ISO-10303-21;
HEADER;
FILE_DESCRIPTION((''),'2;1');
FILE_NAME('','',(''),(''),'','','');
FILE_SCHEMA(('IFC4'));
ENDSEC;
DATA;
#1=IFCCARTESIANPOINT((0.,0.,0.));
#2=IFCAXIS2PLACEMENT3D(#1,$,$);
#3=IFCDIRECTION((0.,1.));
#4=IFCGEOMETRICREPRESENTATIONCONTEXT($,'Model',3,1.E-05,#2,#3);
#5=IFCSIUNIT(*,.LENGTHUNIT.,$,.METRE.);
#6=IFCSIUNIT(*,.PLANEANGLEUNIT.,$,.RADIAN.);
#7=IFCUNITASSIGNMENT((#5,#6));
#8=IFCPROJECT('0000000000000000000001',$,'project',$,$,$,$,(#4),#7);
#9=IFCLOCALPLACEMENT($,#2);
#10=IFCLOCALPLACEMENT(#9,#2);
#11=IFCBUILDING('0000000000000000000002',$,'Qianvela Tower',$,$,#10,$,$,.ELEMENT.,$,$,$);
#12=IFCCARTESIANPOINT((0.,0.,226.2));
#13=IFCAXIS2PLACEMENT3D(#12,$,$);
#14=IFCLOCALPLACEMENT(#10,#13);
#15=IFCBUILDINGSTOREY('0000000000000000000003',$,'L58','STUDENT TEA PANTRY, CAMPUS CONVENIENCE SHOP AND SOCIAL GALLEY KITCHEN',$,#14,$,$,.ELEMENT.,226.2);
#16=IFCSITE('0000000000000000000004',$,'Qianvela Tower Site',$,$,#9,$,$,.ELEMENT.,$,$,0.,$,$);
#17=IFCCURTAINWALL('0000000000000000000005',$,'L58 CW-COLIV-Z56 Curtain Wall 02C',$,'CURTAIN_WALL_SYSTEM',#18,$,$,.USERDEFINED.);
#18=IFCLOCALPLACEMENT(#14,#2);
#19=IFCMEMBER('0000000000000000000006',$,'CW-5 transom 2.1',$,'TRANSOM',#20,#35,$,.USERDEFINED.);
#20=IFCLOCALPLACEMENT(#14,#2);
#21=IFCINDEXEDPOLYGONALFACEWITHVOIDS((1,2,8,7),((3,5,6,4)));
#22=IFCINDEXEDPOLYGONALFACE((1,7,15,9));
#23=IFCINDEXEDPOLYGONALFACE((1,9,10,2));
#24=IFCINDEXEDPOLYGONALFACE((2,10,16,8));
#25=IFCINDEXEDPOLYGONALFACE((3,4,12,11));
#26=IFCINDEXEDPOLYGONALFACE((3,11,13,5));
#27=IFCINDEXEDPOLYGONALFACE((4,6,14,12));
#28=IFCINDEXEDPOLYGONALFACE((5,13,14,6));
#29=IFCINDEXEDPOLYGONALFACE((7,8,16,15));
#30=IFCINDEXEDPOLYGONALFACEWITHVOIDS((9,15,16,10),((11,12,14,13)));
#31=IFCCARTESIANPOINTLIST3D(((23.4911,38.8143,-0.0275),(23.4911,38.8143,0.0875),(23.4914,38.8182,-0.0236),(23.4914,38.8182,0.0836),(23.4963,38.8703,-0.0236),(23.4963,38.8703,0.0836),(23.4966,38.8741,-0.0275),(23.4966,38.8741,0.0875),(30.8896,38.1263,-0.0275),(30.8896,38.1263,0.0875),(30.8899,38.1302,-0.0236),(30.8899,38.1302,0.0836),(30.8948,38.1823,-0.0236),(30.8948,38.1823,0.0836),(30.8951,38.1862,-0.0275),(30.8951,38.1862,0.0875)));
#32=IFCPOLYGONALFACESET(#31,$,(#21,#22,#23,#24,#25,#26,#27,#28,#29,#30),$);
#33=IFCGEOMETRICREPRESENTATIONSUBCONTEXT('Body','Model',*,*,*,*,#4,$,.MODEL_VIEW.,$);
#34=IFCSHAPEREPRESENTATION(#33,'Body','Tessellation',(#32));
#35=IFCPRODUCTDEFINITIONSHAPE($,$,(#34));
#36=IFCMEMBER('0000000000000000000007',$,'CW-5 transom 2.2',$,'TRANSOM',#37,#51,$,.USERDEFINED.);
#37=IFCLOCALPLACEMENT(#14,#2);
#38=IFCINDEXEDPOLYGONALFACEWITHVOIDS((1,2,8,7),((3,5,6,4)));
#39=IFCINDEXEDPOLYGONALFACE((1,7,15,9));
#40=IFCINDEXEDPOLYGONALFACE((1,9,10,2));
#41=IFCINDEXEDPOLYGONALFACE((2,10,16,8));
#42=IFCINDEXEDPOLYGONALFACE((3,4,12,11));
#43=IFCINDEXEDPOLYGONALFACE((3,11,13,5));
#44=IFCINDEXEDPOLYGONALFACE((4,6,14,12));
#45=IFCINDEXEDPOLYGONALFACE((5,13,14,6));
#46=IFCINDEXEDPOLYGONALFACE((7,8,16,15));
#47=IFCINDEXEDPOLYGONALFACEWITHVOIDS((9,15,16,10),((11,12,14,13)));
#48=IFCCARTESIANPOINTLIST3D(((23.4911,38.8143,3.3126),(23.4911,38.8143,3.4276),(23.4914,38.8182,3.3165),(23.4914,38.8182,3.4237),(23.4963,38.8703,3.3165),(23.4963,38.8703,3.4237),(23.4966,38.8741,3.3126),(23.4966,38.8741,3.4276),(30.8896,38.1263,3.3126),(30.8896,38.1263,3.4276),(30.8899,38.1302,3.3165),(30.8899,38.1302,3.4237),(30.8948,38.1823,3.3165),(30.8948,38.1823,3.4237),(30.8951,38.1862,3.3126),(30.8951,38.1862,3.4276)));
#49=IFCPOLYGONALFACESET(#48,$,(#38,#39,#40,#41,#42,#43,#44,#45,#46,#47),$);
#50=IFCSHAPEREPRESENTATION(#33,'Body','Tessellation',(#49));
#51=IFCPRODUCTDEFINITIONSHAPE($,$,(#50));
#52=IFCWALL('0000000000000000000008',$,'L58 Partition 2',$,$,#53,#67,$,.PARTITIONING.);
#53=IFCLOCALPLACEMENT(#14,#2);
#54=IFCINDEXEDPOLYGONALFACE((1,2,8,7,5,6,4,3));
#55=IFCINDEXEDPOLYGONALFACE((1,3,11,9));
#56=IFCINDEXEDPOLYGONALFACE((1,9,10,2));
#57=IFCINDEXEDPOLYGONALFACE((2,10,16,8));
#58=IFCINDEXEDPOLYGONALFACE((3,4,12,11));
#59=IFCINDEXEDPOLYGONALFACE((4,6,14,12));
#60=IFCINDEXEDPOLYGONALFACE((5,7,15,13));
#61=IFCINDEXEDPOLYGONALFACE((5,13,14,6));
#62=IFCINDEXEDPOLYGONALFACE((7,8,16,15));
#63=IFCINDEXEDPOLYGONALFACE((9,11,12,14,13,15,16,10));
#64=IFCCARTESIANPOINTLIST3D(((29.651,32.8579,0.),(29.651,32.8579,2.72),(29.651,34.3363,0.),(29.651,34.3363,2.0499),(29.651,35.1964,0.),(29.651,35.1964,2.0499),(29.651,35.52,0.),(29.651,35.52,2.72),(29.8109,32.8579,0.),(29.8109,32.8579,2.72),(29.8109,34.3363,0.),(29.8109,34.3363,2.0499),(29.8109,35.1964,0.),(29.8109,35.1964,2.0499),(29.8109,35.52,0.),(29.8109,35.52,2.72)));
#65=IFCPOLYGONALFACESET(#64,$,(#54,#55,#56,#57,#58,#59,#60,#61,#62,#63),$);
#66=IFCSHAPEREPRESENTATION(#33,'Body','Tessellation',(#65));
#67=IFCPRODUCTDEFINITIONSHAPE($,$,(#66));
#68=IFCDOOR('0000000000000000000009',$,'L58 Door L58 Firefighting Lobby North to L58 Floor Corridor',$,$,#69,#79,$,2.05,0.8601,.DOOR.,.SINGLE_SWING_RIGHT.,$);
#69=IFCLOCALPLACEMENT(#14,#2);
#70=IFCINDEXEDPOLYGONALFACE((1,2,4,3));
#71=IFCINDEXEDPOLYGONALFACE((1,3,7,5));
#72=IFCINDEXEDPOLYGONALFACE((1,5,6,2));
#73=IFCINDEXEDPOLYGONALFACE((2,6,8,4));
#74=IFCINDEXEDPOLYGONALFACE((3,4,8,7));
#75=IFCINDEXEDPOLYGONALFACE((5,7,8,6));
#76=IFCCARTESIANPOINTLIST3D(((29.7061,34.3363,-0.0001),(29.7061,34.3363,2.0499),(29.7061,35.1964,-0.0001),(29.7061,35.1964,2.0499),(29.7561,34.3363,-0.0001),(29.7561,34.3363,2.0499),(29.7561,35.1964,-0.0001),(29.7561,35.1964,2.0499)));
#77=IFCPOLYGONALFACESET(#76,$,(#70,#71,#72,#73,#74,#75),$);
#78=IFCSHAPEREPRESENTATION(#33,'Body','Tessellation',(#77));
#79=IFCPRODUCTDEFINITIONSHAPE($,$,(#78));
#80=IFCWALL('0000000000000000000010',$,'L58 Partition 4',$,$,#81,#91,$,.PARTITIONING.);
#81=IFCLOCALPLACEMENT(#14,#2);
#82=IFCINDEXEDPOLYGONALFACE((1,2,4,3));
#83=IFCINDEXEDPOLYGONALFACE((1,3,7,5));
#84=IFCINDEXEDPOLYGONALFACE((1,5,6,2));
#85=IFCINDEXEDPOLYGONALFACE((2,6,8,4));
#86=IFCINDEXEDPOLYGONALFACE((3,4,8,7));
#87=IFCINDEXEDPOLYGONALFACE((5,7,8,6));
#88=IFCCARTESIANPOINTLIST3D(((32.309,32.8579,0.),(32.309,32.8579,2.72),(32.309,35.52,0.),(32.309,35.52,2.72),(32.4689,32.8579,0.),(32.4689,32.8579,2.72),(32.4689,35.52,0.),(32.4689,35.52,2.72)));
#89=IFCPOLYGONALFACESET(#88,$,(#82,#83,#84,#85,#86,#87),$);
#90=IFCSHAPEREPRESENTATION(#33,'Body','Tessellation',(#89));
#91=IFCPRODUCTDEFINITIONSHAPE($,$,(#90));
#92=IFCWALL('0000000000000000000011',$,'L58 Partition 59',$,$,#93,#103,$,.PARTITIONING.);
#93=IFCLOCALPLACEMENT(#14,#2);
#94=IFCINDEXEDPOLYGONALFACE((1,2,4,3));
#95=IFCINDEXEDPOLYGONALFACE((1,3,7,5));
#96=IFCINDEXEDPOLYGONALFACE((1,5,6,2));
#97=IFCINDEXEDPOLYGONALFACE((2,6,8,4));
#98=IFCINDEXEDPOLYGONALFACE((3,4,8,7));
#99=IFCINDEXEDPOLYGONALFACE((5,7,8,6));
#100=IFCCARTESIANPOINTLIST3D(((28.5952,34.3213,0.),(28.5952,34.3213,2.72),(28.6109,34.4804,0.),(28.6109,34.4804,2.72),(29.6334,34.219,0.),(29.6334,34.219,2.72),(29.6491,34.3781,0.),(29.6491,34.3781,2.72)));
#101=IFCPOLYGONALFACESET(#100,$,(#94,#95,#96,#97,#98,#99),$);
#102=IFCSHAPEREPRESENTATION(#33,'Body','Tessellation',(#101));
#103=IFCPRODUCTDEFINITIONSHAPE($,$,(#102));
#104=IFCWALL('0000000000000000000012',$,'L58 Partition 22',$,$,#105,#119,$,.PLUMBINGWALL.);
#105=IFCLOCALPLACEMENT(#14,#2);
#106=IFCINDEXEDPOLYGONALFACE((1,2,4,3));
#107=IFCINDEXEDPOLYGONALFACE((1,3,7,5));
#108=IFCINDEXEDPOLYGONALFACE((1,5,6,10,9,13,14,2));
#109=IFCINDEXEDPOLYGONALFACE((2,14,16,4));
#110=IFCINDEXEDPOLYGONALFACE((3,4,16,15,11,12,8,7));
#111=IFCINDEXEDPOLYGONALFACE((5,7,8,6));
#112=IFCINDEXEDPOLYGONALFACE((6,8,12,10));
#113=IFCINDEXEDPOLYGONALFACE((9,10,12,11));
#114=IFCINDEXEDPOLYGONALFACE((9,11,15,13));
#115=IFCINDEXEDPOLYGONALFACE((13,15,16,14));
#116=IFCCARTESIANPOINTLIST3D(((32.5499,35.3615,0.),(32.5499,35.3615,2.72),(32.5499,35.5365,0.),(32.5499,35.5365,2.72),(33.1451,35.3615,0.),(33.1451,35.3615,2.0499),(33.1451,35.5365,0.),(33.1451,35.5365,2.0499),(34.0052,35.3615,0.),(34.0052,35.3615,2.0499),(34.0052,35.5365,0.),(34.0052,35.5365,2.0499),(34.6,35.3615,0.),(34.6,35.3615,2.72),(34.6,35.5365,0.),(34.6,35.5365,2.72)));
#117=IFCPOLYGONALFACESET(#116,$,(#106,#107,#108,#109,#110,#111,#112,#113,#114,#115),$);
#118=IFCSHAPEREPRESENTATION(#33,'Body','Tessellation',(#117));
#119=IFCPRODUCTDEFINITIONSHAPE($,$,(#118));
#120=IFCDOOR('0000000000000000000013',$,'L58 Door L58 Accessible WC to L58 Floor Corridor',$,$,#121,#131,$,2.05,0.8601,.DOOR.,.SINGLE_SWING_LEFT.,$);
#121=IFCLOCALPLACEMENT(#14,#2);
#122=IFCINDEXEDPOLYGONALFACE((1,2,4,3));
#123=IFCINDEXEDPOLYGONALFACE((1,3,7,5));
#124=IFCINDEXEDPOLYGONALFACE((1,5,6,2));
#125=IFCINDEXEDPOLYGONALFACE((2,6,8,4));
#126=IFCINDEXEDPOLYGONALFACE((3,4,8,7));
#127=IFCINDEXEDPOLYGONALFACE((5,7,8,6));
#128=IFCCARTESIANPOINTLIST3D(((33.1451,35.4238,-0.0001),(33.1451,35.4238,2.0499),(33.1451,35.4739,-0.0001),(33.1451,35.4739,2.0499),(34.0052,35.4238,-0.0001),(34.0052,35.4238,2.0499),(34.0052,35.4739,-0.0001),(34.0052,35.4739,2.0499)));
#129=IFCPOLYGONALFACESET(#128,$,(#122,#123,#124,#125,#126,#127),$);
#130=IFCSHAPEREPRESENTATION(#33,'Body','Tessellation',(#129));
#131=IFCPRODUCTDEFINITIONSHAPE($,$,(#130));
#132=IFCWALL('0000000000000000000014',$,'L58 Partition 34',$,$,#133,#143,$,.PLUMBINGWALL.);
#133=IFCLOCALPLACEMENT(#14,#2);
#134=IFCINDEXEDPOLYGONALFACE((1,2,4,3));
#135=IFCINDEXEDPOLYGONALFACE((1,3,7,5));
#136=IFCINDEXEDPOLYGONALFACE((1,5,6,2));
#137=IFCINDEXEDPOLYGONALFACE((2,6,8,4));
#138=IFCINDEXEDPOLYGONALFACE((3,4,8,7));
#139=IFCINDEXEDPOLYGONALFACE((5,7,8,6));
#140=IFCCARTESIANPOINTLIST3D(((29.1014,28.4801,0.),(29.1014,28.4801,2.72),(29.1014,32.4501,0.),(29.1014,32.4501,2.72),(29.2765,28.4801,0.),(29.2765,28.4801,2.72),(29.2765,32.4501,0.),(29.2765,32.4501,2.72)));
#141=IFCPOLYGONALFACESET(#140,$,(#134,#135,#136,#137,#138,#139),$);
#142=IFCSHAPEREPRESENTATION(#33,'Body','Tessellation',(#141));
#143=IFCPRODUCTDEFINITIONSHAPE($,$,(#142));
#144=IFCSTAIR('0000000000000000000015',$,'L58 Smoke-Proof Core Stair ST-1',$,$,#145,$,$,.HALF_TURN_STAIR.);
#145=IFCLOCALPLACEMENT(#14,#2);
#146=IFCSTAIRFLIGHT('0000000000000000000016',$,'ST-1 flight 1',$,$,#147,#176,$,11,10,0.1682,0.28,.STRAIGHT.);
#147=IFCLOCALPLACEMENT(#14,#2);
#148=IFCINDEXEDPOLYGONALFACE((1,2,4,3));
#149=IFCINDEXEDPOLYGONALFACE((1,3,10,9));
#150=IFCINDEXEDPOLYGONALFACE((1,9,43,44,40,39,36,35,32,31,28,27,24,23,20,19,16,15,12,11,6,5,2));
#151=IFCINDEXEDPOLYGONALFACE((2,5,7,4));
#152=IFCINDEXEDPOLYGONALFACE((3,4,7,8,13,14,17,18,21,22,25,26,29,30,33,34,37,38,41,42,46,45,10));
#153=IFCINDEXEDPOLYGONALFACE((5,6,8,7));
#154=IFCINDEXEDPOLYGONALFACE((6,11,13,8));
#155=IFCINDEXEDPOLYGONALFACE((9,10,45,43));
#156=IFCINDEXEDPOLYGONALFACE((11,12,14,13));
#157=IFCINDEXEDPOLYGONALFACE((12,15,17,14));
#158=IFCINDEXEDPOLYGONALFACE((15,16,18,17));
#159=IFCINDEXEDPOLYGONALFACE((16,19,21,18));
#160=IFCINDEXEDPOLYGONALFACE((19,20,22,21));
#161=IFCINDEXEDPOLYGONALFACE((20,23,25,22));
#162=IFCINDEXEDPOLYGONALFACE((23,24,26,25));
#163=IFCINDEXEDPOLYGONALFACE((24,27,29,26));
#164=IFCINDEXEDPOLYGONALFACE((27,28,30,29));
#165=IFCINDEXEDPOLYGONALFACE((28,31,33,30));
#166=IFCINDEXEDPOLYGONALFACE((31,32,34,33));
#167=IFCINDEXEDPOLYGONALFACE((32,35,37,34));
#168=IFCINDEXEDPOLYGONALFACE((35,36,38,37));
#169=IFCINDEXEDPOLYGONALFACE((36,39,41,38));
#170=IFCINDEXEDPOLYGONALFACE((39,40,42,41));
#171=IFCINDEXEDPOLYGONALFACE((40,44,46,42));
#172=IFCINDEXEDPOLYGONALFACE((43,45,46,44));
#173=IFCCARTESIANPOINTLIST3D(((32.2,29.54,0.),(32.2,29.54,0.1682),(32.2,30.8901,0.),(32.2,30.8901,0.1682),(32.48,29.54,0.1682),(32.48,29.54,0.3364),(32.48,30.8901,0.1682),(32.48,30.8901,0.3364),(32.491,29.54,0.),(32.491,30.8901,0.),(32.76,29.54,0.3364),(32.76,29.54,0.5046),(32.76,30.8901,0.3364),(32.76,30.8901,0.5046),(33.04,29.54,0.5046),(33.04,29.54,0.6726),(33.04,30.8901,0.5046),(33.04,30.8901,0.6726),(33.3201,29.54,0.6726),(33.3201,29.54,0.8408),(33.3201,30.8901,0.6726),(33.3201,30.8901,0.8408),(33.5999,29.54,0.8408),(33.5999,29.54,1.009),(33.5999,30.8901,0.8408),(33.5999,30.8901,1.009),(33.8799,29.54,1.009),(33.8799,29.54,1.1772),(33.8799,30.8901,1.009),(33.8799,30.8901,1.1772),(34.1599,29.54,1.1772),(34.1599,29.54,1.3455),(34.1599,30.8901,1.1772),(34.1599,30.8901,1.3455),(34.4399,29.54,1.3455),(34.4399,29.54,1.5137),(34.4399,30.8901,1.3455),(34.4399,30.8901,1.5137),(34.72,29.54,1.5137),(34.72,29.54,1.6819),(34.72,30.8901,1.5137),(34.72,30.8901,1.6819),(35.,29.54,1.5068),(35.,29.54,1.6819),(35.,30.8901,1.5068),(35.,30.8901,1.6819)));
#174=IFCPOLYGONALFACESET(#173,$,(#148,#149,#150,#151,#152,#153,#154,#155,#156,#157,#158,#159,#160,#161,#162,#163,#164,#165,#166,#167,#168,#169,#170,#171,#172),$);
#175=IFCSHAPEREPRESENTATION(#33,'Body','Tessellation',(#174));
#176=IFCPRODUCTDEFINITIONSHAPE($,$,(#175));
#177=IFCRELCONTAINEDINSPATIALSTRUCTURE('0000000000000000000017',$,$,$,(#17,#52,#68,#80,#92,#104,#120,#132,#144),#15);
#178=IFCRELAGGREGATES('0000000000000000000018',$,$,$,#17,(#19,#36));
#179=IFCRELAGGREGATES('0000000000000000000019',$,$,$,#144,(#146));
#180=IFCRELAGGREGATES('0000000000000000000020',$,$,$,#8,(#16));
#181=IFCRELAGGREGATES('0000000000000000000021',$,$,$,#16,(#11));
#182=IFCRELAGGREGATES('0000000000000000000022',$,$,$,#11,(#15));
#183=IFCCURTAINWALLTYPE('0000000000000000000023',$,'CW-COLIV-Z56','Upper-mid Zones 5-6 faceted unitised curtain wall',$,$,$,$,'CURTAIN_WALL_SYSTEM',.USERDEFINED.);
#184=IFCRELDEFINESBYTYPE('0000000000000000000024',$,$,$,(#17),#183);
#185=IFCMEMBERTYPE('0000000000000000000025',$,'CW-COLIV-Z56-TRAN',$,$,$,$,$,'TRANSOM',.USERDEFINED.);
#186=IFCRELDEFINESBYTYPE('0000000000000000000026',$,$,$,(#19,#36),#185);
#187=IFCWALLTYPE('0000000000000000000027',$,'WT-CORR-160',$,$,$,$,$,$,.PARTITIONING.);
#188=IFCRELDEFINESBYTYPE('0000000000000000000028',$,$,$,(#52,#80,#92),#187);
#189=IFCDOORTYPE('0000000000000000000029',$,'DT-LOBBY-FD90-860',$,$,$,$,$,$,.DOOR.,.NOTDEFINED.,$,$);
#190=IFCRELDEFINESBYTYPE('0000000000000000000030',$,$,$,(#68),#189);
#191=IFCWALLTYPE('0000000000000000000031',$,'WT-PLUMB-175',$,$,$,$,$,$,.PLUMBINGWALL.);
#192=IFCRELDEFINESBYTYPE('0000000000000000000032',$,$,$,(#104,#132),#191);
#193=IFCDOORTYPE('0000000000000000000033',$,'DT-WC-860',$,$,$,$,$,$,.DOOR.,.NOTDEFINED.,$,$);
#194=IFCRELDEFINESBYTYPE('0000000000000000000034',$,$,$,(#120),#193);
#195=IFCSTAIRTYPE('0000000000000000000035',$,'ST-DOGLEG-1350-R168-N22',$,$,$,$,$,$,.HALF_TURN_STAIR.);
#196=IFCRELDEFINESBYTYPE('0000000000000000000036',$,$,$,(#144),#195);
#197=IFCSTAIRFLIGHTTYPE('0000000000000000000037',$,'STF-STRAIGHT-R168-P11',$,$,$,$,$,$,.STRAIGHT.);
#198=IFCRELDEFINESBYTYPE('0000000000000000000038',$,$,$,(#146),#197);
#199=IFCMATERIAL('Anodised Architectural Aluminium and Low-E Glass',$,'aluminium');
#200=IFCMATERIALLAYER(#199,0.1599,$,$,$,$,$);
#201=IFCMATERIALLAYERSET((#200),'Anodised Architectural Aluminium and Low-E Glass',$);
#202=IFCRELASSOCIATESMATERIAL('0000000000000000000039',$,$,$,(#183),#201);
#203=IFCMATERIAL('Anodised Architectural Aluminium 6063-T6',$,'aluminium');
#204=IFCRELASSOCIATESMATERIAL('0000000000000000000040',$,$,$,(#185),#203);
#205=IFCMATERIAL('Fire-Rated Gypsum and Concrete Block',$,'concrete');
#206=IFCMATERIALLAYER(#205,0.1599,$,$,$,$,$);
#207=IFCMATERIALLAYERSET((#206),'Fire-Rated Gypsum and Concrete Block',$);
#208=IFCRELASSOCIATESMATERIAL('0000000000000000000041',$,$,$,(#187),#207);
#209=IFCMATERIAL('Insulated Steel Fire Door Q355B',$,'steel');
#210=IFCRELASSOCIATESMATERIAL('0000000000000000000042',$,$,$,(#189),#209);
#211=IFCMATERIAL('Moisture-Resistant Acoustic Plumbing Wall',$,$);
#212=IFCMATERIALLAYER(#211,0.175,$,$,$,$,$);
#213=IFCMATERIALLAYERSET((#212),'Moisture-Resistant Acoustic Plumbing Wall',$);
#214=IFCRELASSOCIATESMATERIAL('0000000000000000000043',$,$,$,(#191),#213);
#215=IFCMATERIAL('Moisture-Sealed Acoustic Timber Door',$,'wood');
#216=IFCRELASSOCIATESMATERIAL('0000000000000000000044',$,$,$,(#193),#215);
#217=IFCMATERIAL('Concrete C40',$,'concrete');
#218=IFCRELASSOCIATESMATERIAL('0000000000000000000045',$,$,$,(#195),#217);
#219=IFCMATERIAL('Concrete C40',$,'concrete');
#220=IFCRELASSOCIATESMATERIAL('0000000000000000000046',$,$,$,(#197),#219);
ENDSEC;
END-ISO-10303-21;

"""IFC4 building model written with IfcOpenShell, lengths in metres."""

from ifc_helpers import new_model, si_unit, direction, frame, frame_2d, origin, origin_2d, place, context, subcontext, project, spatial, polyline, rectangle, hollow_rectangle, outline, extrude, material, layer, layer_set, material_profile, profile_set, type_object, element, fill, aggregate, save


model = new_model("IFC4")

# Units and contexts
model_context = context("Model", 3, precision=1e-05, world=origin(), true_north=direction((0.0, 1.0)))
body_context = subcontext(model_context, "Body", "Model", "MODEL_VIEW")
ifc_project = project(units=[si_unit("LENGTHUNIT", "METRE"), si_unit("PLANEANGLEUNIT", "RADIAN")], contexts=[model_context])

# Site, building, storey
site_placement = place(None, origin())
site = spatial("IfcSite", under=ifc_project, at=site_placement, Name="Qianvela Tower Site", CompositionType="ELEMENT", RefElevation=0.0)
building_placement = place(site_placement, origin())
building = spatial("IfcBuilding", under=site, at=building_placement, Name="Qianvela Tower", CompositionType="ELEMENT")
storey_placement = place(building_placement, frame((0.0, 0.0, 226.2)))
storey = spatial("IfcBuildingStorey", under=building, at=storey_placement, Name="L58", Description="STUDENT TEA PANTRY, CAMPUS CONVENIENCE SHOP AND SOCIAL GALLEY KITCHEN", CompositionType="ELEMENT", Elevation=226.2)

# Curtain wall, members
ifc_material_1 = material(Name="Anodised Architectural Aluminium and Low-E Glass", Category="aluminium")
ifc_layer_1 = layer(ifc_material_1, 0.1599)
ifc_layer_set_1 = layer_set([ifc_layer_1], Name="Anodised Architectural Aluminium and Low-E Glass")
curtain_wall_type = type_object("IfcCurtainWallType", Name="CW-COLIV-Z56", Description="Upper-mid Zones 5-6 faceted unitised curtain wall", ElementType="CURTAIN_WALL_SYSTEM", PredefinedType="USERDEFINED", material=ifc_layer_set_1)
curtain_wall_placement = place(storey_placement, origin())
curtain_wall = element("IfcCurtainWall", 1, at=curtain_wall_placement, inside=storey, type_object=curtain_wall_type, Name="L58 CW-COLIV-Z56 Curtain Wall 02C", ObjectType="CURTAIN_WALL_SYSTEM", PredefinedType="USERDEFINED")
ifc_material_2 = material(Name="Anodised Architectural Aluminium 6063-T6", Category="aluminium")
ifc_material_profile_1 = material_profile(ifc_material_2, hollow_rectangle(XDim=0.0601, YDim=0.115, WallThickness=0.0039, at=origin_2d()), Name="ALU-TRAN-60x115")
ifc_profile_set_1 = profile_set([ifc_material_profile_1], Name="Anodised Architectural Aluminium 6063-T6")
member_type_1 = type_object("IfcMemberType", Name="CW-COLIV-Z56-TRAN", ElementType="TRANSOM", PredefinedType="USERDEFINED", material=ifc_profile_set_1)
member_1_placement = place(storey_placement, frame((30.8923, 38.1562, 0.03), z_axis=(-0.995704, 0.092592, 0.0), x_axis=(-0.092592, -0.995704, 0.0)))
member_1 = element("IfcMember", 2, at=member_1_placement, type_object=member_type_1, Name="CW-5 transom 2.1", ObjectType="TRANSOM", PredefinedType="USERDEFINED", context=body_context, shape_type="SweptSolid", body=[
    extrude(hollow_rectangle(XDim=0.0601, YDim=0.115, WallThickness=0.0039, at=origin_2d()), origin(), (0.0, 0.0, 1.0), 7.4304),
])
member_2_placement = place(storey_placement, frame((30.8923, 38.1562, 3.3701), z_axis=(-0.995704, 0.092592, 0.0), x_axis=(-0.092592, -0.995704, 0.0)))
member_2 = element("IfcMember", 3, at=member_2_placement, type_object=member_type_1, Name="CW-5 transom 2.2", ObjectType="TRANSOM", PredefinedType="USERDEFINED", context=body_context, shape_type="SweptSolid", body=[
    extrude(hollow_rectangle(XDim=0.0601, YDim=0.115, WallThickness=0.0039, at=origin_2d()), origin(), (0.0, 0.0, 1.0), 7.4304),
])
aggregate(curtain_wall, [member_1, member_2])

# Wall, opening, door
ifc_material_3 = material(Name="Fire-Rated Gypsum and Concrete Block", Category="concrete")
ifc_layer_2 = layer(ifc_material_3, 0.1599)
ifc_layer_set_2 = layer_set([ifc_layer_2], Name="Fire-Rated Gypsum and Concrete Block")
wall_type_1 = type_object("IfcWallType", Name="WT-CORR-160", PredefinedType="PARTITIONING", material=ifc_layer_set_2)
wall_1_placement = place(storey_placement, frame((29.731, 32.8579, 0.0), z_axis=(0.0, 0.0, 1.0), x_axis=(0.0, 1.0, 0.0)))
wall_1 = element("IfcWall", 4, at=wall_1_placement, inside=storey, type_object=wall_type_1, Name="L58 Partition 2", PredefinedType="PARTITIONING", context=body_context, shape_type="SweptSolid", body=[
    extrude(rectangle(XDim=2.6621, YDim=0.1599, at=frame_2d((1.3311, 0.0))), origin(), (0.0, 0.0, 1.0), 2.72),
])
opening_1_placement = place(wall_1_placement, frame((1.4783, 0.0, 0.0)))
opening_1 = element("IfcOpeningElement", 5, at=opening_1_placement, cuts=wall_1, PredefinedType="OPENING", context=body_context, shape_type="SweptSolid", body=[
    extrude(rectangle(XDim=0.8601, YDim=2.05, at=frame_2d((0.4302, 1.0249))), frame((0.0, 0.0898, 0.0), z_axis=(0.0, -1.0, 0.0), x_axis=(1.0, 0.0, 0.0)), (0.0, 0.0, 1.0), 0.1799),
])
ifc_material_4 = material(Name="Insulated Steel Fire Door Q355B", Category="steel")
door_type_1 = type_object("IfcDoorType", Name="DT-LOBBY-FD90-860", OperationType="NOTDEFINED", PredefinedType="DOOR", material=ifc_material_4)
door_1_placement = place(opening_1_placement, origin())
door_1 = element("IfcDoor", 6, at=door_1_placement, inside=storey, type_object=door_type_1, Name="L58 Door L58 Firefighting Lobby North to L58 Floor Corridor", OperationType="SINGLE_SWING_RIGHT", OverallHeight=2.05, OverallWidth=0.8601, PredefinedType="DOOR", context=body_context, shape_type="SweptSolid", body=[
    extrude(rectangle(XDim=0.8601, YDim=2.05, at=frame_2d((0.4302, 1.0249))), frame((0.0, 0.0249, 0.0), z_axis=(0.0, -1.0, 0.0), x_axis=(1.0, 0.0, 0.0)), (0.0, 0.0, 1.0), 0.05),
])
fill(opening_1, door_1)

# Walls
wall_2_placement = place(storey_placement, frame((32.3889, 35.52, 0.0), z_axis=(0.0, 0.0, 1.0), x_axis=(0.0, -1.0, 0.0)))
element("IfcWall", 7, at=wall_2_placement, inside=storey, type_object=wall_type_1, Name="L58 Partition 4", PredefinedType="PARTITIONING", context=body_context, shape_type="SweptSolid", body=[
    extrude(rectangle(XDim=2.6621, YDim=0.1599, at=frame_2d((1.3311, 0.0))), origin(), (0.0, 0.0, 1.0), 2.72),
])
wall_3_placement = place(storey_placement, frame((29.6411, 34.2986, 0.0), z_axis=(0.0, 0.0, 1.0), x_axis=(-0.99518, 0.098067, 0.0)))
element("IfcWall", 8, at=wall_3_placement, inside=storey, type_object=wall_type_1, Name="L58 Partition 59", PredefinedType="PARTITIONING", context=body_context, shape_type="SweptSolid", body=[
    extrude(rectangle(XDim=1.0432, YDim=0.1599, at=frame_2d((0.5215, 0.0))), origin(), (0.0, 0.0, 1.0), 2.72),
])

# Wall, opening, door
ifc_material_5 = material(Name="Moisture-Resistant Acoustic Plumbing Wall")
ifc_layer_3 = layer(ifc_material_5, 0.175)
ifc_layer_set_3 = layer_set([ifc_layer_3], Name="Moisture-Resistant Acoustic Plumbing Wall")
wall_type_2 = type_object("IfcWallType", Name="WT-PLUMB-175", PredefinedType="PLUMBINGWALL", material=ifc_layer_set_3)
wall_4_placement = place(storey_placement, frame((32.55, 35.449, 0.0), z_axis=(0.0, 0.0, 1.0), x_axis=(1.0, 0.0, 0.0)))
wall_4 = element("IfcWall", 9, at=wall_4_placement, inside=storey, type_object=wall_type_2, Name="L58 Partition 22", PredefinedType="PLUMBINGWALL", context=body_context, shape_type="SweptSolid", body=[
    extrude(rectangle(XDim=2.05, YDim=0.175, at=frame_2d((1.0249, 0.0))), origin(), (0.0, 0.0, 1.0), 2.72),
])
opening_2_placement = place(wall_4_placement, frame((0.595, 0.0, 0.0)))
opening_2 = element("IfcOpeningElement", 10, at=opening_2_placement, cuts=wall_4, PredefinedType="OPENING", context=body_context, shape_type="SweptSolid", body=[
    extrude(rectangle(XDim=0.8601, YDim=2.05, at=frame_2d((0.4302, 1.0249))), frame((0.0, 0.0974, 0.0), z_axis=(0.0, -1.0, 0.0), x_axis=(1.0, 0.0, 0.0)), (0.0, 0.0, 1.0), 0.1951),
])
ifc_material_6 = material(Name="Moisture-Sealed Acoustic Timber Door", Category="wood")
door_type_2 = type_object("IfcDoorType", Name="DT-WC-860", OperationType="NOTDEFINED", PredefinedType="DOOR", material=ifc_material_6)
door_2_placement = place(opening_2_placement, origin())
door_2 = element("IfcDoor", 11, at=door_2_placement, inside=storey, type_object=door_type_2, Name="L58 Door L58 Accessible WC to L58 Floor Corridor", OperationType="SINGLE_SWING_LEFT", OverallHeight=2.05, OverallWidth=0.8601, PredefinedType="DOOR", context=body_context, shape_type="SweptSolid", body=[
    extrude(rectangle(XDim=0.8601, YDim=2.05, at=frame_2d((0.4302, 1.0249))), frame((0.0, 0.0249, 0.0), z_axis=(0.0, -1.0, 0.0), x_axis=(1.0, 0.0, 0.0)), (0.0, 0.0, 1.0), 0.05),
])
fill(opening_2, door_2)

# Wall
wall_5_placement = place(storey_placement, frame((29.189, 32.45, 0.0), z_axis=(0.0, 0.0, 1.0), x_axis=(0.0, -1.0, 0.0)))
element("IfcWall", 12, at=wall_5_placement, inside=storey, type_object=wall_type_2, Name="L58 Partition 34", PredefinedType="PLUMBINGWALL", context=body_context, shape_type="SweptSolid", body=[
    extrude(rectangle(XDim=3.97, YDim=0.175, at=frame_2d((1.9849, 0.0))), origin(), (0.0, 0.0, 1.0), 2.72),
])

# Stair, stair flight
ifc_material_7 = material(Name="Concrete C40", Category="concrete")
stair_type = type_object("IfcStairType", Name="ST-DOGLEG-1350-R168-N22", PredefinedType="HALF_TURN_STAIR", material=ifc_material_7)
stair_placement = place(storey_placement, origin())
stair = element("IfcStair", 13, at=stair_placement, inside=storey, type_object=stair_type, Name="L58 Smoke-Proof Core Stair ST-1", PredefinedType="HALF_TURN_STAIR")
ifc_material_8 = material(Name="Concrete C40", Category="concrete")
stair_flight_type = type_object("IfcStairFlightType", Name="STF-STRAIGHT-R168-P11", PredefinedType="STRAIGHT", material=ifc_material_8)
stair_flight_placement = place(storey_placement, frame((32.2, 30.2151, 0.0), z_axis=(0.0, 0.0, 1.0), x_axis=(1.0, 0.0, 0.0)))
stair_flight = element("IfcStairFlight", 14, at=stair_flight_placement, type_object=stair_flight_type, Name="ST-1 flight 1", NumberOfRisers=11, NumberOfTreads=10, PredefinedType="STRAIGHT", RiserHeight=0.1682, TreadLength=0.28, context=body_context, shape_type="SweptSolid", body=[
    extrude(outline(polyline([(0.0, 0.0), (0.0, 0.1682), (0.28, 0.1682), (0.28, 0.3364), (0.5601, 0.3364), (0.5601, 0.5046), (0.8401, 0.5046), (0.8401, 0.6726), (1.1201, 0.6726), (1.1201, 0.8408), (1.3999, 0.8408), (1.3999, 1.009), (1.6799, 1.009), (1.6799, 1.1772), (1.96, 1.1772), (1.96, 1.3455), (2.24, 1.3455), (2.24, 1.5137), (2.52, 1.5137), (2.52, 1.6819), (2.8, 1.6819), (2.8, 1.8501), (2.8, 1.5068), (0.291, 0.0), (0.0, 0.0)])), frame((0.0, 0.675, 0.0), z_axis=(0.0, -1.0, 0.0), x_axis=(1.0, 0.0, 0.0)), (0.0, 0.0, 1.0), 1.3501),
])
aggregate(stair, [stair_flight])

save(model, "model.ifc")
